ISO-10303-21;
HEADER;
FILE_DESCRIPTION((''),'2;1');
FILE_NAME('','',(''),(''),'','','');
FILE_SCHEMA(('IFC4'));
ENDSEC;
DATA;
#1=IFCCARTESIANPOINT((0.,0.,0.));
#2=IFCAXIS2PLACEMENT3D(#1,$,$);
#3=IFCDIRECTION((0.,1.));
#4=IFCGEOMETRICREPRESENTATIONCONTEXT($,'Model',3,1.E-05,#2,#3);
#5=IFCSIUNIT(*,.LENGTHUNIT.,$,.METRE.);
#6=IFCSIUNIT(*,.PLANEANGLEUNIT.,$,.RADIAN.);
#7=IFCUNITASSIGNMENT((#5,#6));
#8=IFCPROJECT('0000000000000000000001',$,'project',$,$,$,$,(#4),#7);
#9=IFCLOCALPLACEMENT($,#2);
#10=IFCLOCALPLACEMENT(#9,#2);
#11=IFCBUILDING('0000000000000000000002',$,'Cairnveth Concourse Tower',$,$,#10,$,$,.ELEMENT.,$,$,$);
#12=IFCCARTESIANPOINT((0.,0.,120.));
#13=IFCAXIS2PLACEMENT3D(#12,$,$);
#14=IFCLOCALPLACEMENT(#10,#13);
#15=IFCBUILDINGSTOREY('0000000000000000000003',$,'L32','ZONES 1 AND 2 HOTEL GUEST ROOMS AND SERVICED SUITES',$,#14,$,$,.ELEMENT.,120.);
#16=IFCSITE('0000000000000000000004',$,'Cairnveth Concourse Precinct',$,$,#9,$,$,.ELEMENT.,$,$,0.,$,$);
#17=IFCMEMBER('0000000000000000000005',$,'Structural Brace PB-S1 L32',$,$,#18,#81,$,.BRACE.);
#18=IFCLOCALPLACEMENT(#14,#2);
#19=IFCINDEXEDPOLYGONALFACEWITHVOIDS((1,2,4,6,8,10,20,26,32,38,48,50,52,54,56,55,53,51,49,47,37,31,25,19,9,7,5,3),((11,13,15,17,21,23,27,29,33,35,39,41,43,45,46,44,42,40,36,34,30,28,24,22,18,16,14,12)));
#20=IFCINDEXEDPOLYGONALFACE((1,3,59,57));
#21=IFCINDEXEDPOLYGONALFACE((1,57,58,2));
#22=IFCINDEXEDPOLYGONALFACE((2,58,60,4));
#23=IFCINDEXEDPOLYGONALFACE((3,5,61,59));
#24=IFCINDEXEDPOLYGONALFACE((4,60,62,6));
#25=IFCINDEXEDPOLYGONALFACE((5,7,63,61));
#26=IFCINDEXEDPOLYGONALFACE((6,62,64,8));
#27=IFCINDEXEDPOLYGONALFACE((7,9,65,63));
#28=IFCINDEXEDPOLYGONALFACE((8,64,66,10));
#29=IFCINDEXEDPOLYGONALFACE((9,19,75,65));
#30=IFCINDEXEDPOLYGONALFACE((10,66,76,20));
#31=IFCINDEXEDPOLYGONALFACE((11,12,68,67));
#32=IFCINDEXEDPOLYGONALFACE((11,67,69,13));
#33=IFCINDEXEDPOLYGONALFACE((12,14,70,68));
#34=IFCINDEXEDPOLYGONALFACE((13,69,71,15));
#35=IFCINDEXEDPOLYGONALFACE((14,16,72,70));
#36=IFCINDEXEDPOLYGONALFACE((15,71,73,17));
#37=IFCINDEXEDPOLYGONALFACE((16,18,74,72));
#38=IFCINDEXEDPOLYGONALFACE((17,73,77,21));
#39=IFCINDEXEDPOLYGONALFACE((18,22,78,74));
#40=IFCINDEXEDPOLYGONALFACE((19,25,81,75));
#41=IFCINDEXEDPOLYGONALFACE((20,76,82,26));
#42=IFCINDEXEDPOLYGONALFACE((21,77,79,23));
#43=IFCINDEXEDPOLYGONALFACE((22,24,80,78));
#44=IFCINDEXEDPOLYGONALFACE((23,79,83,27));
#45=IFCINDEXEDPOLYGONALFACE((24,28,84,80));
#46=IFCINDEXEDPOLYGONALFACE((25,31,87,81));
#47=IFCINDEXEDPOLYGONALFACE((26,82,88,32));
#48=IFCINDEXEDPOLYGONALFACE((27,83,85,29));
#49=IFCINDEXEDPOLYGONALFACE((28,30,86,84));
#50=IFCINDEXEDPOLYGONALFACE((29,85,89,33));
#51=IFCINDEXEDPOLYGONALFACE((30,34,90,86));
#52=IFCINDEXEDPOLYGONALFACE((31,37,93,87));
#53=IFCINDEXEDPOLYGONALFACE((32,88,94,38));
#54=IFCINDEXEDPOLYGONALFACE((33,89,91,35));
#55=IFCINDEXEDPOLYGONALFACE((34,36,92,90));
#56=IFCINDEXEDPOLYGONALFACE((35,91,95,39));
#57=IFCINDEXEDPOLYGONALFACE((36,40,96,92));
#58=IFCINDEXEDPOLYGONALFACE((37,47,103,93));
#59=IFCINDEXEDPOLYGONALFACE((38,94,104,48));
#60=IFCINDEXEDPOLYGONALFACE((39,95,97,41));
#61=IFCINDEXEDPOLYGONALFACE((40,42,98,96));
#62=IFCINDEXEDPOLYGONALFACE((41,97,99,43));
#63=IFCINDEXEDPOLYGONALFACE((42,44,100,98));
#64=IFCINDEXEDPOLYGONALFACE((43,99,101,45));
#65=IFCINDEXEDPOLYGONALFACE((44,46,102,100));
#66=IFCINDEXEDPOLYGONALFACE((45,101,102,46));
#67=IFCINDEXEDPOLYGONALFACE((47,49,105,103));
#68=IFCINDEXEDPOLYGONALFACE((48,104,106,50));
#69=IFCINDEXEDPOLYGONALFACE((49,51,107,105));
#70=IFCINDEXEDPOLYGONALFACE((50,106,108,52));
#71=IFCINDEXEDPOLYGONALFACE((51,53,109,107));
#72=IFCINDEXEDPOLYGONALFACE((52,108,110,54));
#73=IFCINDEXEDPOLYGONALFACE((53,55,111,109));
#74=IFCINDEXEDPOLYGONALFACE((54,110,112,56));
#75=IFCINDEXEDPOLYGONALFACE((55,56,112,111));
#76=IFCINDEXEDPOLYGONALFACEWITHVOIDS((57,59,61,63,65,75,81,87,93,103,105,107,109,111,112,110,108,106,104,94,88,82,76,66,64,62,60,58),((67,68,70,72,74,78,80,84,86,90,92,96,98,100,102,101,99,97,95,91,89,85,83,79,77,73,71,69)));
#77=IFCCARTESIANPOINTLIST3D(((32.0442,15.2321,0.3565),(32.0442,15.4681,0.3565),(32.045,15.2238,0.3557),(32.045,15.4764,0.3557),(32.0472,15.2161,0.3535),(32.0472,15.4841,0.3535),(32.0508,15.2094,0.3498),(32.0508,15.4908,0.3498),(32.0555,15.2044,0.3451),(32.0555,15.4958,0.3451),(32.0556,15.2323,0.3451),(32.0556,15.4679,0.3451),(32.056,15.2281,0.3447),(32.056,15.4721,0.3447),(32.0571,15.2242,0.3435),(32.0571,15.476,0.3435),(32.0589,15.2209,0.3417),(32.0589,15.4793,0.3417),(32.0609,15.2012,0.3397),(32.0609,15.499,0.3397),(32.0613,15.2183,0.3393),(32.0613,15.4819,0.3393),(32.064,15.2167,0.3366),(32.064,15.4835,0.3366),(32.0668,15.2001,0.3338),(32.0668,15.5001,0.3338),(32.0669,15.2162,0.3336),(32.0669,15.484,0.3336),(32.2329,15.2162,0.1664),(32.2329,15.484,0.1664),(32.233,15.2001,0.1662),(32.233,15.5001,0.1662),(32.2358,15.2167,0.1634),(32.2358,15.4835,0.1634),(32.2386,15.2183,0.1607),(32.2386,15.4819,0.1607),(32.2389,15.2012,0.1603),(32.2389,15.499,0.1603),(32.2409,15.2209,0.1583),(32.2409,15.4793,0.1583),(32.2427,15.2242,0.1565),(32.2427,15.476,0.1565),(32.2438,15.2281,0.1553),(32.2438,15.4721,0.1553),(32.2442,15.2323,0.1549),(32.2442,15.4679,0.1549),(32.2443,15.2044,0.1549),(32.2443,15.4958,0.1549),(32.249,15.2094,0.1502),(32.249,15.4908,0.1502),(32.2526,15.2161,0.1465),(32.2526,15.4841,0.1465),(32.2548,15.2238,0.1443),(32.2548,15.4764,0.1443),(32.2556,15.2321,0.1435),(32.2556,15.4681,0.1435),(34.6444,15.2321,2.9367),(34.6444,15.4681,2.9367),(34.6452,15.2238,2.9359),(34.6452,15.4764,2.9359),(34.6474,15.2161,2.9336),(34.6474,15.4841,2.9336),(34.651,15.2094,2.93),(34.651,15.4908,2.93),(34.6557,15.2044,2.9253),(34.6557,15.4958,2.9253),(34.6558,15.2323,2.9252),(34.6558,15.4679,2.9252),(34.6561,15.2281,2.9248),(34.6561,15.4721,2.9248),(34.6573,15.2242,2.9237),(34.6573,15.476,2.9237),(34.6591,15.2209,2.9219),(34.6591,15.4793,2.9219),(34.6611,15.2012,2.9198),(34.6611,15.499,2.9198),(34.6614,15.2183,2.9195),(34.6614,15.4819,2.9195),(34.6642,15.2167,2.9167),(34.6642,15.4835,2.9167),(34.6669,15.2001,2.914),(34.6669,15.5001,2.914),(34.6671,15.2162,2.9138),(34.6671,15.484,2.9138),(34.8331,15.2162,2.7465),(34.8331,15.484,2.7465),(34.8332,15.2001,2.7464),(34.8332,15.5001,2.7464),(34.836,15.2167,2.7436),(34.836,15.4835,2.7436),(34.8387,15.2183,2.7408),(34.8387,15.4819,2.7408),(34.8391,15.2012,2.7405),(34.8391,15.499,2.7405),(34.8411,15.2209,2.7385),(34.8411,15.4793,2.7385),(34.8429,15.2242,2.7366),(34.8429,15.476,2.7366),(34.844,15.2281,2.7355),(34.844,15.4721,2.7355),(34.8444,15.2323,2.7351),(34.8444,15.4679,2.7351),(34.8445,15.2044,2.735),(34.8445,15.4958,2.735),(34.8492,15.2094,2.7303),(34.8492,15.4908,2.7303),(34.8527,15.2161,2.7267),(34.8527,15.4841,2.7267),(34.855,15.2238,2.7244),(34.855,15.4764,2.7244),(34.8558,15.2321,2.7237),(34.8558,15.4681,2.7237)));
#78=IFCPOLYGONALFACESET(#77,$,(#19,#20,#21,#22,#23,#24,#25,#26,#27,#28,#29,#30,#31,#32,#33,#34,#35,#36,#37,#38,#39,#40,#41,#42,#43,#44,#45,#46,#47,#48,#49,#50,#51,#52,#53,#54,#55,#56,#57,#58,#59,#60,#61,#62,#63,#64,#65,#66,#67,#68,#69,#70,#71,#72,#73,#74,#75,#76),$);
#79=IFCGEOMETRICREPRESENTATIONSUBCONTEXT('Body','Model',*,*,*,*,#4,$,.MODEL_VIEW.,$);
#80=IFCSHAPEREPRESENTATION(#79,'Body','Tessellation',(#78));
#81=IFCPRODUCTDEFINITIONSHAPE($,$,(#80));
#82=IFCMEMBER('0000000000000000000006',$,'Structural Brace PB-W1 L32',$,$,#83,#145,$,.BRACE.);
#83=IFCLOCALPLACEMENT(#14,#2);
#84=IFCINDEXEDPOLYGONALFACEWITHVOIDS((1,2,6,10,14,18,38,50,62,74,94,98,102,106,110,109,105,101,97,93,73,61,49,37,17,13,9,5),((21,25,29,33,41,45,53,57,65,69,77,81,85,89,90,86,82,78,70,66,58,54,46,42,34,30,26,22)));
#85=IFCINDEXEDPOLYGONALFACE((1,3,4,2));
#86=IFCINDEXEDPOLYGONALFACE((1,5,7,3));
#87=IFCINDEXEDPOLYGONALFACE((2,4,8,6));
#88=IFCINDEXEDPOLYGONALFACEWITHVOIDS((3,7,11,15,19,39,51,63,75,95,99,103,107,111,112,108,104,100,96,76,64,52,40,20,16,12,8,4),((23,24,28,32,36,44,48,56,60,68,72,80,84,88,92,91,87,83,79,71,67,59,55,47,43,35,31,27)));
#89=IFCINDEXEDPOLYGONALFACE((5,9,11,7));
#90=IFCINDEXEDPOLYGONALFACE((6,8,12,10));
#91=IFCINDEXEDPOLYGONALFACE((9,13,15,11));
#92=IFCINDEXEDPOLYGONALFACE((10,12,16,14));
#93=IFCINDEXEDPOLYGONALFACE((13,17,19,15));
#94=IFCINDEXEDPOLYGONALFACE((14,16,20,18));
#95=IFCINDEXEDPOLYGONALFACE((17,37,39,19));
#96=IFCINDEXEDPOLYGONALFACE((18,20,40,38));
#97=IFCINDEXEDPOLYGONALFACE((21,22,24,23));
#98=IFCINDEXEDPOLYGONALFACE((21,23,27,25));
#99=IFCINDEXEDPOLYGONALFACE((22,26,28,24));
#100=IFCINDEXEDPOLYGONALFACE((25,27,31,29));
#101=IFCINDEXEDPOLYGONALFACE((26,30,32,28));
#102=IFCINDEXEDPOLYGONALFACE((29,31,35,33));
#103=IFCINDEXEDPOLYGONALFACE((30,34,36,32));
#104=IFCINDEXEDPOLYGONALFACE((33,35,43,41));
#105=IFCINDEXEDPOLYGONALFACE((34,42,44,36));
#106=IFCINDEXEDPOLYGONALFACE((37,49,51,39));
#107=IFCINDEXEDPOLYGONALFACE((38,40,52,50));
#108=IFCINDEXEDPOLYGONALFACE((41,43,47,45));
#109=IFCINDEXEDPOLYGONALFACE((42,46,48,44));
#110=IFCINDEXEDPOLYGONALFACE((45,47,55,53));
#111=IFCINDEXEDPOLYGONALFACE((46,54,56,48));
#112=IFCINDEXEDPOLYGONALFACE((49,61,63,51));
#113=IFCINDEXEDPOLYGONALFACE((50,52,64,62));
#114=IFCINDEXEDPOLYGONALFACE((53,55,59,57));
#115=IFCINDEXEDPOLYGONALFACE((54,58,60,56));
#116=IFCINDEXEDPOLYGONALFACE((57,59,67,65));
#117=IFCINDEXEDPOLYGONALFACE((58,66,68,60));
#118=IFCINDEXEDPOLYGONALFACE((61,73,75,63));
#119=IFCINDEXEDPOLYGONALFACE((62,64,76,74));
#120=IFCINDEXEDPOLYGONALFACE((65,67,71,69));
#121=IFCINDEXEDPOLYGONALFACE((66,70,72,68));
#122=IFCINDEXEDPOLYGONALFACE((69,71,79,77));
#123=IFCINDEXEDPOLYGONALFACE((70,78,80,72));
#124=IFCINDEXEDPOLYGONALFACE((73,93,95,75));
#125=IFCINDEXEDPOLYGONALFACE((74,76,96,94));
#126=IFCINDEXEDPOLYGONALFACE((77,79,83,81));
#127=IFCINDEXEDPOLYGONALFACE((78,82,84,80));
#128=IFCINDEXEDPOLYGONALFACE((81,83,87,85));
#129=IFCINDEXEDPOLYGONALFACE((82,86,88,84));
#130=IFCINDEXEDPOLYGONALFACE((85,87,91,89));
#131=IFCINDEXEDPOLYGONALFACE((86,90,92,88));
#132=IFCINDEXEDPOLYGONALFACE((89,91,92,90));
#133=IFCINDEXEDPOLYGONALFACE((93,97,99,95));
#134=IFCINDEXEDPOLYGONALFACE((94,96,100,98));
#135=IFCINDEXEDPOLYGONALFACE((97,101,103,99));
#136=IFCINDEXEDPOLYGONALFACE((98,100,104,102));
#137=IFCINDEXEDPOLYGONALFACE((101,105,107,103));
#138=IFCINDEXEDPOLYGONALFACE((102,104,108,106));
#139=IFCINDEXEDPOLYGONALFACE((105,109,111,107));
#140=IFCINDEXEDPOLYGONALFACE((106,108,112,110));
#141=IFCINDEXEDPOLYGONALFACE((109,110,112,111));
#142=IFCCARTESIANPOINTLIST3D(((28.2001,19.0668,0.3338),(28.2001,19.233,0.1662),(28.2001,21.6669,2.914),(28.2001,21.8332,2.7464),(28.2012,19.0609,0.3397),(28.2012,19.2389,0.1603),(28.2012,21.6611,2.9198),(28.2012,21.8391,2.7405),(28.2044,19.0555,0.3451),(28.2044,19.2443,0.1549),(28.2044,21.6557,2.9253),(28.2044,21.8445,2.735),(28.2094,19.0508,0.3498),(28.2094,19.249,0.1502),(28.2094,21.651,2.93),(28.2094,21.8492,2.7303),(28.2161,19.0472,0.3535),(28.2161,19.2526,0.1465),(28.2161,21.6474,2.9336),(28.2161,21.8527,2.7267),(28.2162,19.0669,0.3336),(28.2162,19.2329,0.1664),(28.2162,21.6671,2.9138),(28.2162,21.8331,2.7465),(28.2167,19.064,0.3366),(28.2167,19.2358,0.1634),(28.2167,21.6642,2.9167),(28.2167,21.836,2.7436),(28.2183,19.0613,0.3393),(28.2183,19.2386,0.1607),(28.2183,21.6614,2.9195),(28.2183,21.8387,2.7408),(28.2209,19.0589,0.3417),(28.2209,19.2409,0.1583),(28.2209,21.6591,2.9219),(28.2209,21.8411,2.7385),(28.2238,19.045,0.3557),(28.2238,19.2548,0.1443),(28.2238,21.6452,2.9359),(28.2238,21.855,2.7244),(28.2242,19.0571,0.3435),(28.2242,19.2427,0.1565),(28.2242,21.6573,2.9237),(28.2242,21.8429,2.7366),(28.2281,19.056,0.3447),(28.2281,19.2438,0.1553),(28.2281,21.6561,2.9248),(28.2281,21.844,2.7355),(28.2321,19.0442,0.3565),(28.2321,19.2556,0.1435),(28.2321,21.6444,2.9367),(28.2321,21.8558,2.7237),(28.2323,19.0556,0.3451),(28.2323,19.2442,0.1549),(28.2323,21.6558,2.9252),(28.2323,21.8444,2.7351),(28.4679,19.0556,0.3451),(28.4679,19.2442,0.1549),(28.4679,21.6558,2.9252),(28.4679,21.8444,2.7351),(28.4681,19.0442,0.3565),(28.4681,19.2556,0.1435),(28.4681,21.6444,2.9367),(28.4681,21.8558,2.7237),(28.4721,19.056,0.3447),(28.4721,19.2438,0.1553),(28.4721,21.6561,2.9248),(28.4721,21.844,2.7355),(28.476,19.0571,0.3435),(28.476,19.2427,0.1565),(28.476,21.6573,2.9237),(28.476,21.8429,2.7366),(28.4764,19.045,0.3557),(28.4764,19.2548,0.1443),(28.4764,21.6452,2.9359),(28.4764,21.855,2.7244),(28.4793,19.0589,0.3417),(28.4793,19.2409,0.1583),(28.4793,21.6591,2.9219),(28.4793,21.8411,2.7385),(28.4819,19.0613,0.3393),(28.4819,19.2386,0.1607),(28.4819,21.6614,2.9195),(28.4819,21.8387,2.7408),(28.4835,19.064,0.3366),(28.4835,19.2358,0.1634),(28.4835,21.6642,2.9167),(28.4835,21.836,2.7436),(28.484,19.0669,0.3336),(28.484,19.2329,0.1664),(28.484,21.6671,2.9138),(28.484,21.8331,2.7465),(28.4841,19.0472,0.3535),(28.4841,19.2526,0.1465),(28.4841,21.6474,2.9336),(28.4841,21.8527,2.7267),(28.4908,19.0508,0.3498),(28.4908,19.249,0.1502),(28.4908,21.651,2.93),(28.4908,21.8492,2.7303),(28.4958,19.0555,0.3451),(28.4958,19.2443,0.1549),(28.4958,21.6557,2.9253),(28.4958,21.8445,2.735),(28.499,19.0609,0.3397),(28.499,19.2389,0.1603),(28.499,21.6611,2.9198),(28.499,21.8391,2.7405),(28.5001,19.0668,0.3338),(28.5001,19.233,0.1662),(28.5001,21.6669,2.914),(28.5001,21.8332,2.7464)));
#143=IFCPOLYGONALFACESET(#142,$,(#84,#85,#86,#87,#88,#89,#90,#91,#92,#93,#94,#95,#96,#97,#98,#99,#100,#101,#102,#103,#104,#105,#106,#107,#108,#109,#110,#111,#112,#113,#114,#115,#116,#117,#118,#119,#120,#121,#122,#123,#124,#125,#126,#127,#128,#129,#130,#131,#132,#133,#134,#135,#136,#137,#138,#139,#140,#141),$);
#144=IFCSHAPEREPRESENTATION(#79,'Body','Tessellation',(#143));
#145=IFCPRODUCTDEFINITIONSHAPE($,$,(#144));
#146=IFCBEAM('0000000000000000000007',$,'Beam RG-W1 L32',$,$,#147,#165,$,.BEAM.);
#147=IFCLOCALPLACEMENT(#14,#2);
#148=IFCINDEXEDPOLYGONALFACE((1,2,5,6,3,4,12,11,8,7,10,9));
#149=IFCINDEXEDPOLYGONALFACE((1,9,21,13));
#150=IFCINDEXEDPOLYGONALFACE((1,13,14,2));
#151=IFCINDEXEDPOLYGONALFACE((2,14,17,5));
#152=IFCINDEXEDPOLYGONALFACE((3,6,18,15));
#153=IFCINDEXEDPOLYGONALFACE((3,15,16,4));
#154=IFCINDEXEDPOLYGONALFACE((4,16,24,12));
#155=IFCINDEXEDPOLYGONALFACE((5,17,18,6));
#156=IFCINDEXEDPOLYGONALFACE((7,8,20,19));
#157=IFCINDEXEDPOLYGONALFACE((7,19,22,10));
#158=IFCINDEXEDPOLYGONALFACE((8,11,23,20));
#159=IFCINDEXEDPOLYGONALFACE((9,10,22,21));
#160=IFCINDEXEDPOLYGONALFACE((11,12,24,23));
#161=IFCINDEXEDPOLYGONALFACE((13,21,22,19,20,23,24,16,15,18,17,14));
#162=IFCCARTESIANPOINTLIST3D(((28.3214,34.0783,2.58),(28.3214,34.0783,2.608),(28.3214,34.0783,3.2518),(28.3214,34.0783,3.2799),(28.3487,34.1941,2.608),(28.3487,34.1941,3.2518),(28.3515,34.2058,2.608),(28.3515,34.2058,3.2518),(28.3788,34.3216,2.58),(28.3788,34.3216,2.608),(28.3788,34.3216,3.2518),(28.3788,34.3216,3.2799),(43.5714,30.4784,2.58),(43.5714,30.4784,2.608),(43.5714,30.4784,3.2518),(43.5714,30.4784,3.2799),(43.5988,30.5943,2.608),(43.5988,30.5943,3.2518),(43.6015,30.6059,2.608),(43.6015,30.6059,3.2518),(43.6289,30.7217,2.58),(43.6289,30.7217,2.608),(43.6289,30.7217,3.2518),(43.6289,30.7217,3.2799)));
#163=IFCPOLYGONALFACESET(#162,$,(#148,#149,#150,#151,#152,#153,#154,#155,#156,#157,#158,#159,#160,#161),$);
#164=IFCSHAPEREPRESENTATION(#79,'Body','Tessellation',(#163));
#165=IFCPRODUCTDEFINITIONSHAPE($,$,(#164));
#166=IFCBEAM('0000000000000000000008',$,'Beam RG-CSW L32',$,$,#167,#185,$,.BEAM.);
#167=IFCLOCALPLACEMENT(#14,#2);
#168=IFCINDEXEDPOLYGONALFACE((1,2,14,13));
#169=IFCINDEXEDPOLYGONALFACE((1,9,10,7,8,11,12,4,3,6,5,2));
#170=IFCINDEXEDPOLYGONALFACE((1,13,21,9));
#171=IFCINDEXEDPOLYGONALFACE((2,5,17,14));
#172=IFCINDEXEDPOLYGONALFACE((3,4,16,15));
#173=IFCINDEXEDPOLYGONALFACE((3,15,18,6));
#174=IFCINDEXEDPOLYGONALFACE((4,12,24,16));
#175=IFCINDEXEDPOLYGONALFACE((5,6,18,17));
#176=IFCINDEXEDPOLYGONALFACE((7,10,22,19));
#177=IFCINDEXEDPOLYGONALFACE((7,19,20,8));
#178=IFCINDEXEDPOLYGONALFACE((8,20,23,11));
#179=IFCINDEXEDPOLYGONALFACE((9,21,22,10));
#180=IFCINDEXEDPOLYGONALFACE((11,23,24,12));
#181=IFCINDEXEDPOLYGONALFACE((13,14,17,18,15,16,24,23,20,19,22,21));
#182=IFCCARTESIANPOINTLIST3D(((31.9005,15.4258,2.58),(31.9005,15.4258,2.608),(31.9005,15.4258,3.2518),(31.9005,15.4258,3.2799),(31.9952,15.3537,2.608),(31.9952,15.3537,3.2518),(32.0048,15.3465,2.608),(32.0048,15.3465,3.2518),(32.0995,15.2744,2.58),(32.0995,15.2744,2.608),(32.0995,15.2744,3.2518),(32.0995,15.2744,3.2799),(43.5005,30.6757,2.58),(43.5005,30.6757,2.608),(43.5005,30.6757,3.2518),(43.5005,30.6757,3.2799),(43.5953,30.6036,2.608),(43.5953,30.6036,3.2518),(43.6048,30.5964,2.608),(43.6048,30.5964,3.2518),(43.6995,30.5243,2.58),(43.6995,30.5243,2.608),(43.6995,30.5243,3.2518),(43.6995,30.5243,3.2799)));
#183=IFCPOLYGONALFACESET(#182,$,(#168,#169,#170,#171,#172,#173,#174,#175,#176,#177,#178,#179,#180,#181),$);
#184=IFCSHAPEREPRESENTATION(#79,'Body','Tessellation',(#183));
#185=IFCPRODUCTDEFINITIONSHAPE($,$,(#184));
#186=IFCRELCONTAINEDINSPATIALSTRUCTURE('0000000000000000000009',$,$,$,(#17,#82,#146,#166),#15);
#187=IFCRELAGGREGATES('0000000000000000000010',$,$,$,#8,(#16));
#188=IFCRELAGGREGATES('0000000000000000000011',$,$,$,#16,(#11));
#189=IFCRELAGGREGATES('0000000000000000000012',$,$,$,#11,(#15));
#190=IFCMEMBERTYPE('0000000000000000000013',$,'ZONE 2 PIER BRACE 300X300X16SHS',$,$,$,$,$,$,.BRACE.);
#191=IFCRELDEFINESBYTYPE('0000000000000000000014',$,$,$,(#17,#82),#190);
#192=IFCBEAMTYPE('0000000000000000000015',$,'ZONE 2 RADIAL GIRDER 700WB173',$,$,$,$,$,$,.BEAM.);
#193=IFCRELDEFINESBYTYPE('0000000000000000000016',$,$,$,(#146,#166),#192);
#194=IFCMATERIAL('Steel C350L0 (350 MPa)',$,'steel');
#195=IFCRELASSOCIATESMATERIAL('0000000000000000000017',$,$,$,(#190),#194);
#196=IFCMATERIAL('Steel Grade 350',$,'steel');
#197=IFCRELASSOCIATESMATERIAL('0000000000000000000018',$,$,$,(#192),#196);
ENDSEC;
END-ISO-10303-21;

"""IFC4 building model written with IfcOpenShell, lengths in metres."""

from ifc_helpers import new_model, si_unit, direction, frame, origin, origin_2d, place, context, subcontext, project, spatial, hollow_rectangle, i_section, extrude, material, material_profile, profile_set, type_object, element, save


model = new_model("IFC4")

# Units and contexts
model_context = context("Model", 3, precision=1e-05, world=origin(), true_north=direction((0.0, 1.0)))
body_context = subcontext(model_context, "Body", "Model", "MODEL_VIEW")
ifc_project = project(units=[si_unit("LENGTHUNIT", "METRE"), si_unit("PLANEANGLEUNIT", "RADIAN")], contexts=[model_context])

# Site, building, storey
site_placement = place(None, origin())
site = spatial("IfcSite", under=ifc_project, at=site_placement, Name="Cairnveth Concourse Precinct", CompositionType="ELEMENT", RefElevation=0.0)
building_placement = place(site_placement, origin())
building = spatial("IfcBuilding", under=site, at=building_placement, Name="Cairnveth Concourse Tower", CompositionType="ELEMENT")
storey_placement = place(building_placement, frame((0.0, 0.0, 120.0)))
storey = spatial("IfcBuildingStorey", under=building, at=storey_placement, Name="L32", Description="ZONES 1 AND 2 HOTEL GUEST ROOMS AND SERVICED SUITES", CompositionType="ELEMENT", Elevation=120.0)

# Shared definitions
ifc_material_1 = material(Name="Steel Grade 350", Category="steel")

# Members
ifc_material_2 = material(Name="Steel C350L0 (350 MPa)", Category="steel")
ifc_material_profile_1 = material_profile(ifc_material_2, hollow_rectangle(XDim=0.3, YDim=0.3, WallThickness=0.0161, InnerFilletRadius=0.0161, OuterFilletRadius=0.032, at=origin_2d()), Name="300x300x16.0SHS")
ifc_profile_set_1 = profile_set([ifc_material_profile_1], Name="Steel C350L0 (350 MPa)")
member_type = type_object("IfcMemberType", Name="ZONE 2 PIER BRACE 300X300X16SHS", PredefinedType="BRACE", material=ifc_profile_set_1)
for number, where, z_axis, x_axis, name in (
    (1, (32.1499, 15.3501, 0.25), (0.709834, 0.0, 0.704369), (0.0, 1.0, 0.0), "Structural Brace PB-S1 L32"),
    (2, (28.3501, 19.1499, 0.25), (0.0, 0.709834, 0.704369), (-1.0, 0.0, 0.0), "Structural Brace PB-W1 L32"),
):
    element("IfcMember", number, at=place(storey_placement, frame(where, z_axis=z_axis, x_axis=x_axis)), inside=storey, type_object=member_type, Name=name, PredefinedType="BRACE", context=body_context, shape_type="SweptSolid", body=[
        extrude(hollow_rectangle(XDim=0.3, YDim=0.3, WallThickness=0.0161, InnerFilletRadius=0.0161, OuterFilletRadius=0.032, at=origin_2d()), origin(), (0.0, 0.0, 1.0), 3.6631),
    ])

# Beams
ifc_material_profile_2 = material_profile(ifc_material_1, i_section(OverallWidth=0.25, OverallDepth=0.7, WebThickness=0.012, FlangeThickness=0.0281, at=origin_2d()), Name="700WB173")
ifc_profile_set_2 = profile_set([ifc_material_profile_2], Name="Steel Grade 350")
beam_type_1 = type_object("IfcBeamType", Name="ZONE 2 RADIAL GIRDER 700WB173", PredefinedType="BEAM", material=ifc_profile_set_2)
beam_1_placement = place(storey_placement, frame((28.3501, 34.2, 2.9299), z_axis=(0.973252, -0.229742, 0.0), x_axis=(0.229742, 0.973252, 0.0)))
element("IfcBeam", 3, at=beam_1_placement, inside=storey, type_object=beam_type_1, Name="Beam RG-W1 L32", PredefinedType="BEAM", context=body_context, shape_type="SweptSolid", body=[
    extrude(i_section(OverallWidth=0.25, OverallDepth=0.7, WebThickness=0.012, FlangeThickness=0.0281, at=origin_2d()), origin(), (0.0, 0.0, 1.0), 15.6692),
])
beam_2_placement = place(storey_placement, frame((32.0, 15.3501, 2.9299), z_axis=(0.605417, 0.795908, 0.0), x_axis=(-0.795908, 0.605417, 0.0)))
element("IfcBeam", 4, at=beam_2_placement, inside=storey, type_object=beam_type_1, Name="Beam RG-CSW L32", PredefinedType="BEAM", context=body_context, shape_type="SweptSolid", body=[
    extrude(i_section(OverallWidth=0.25, OverallDepth=0.7, WebThickness=0.012, FlangeThickness=0.0281, at=origin_2d()), origin(), (0.0, 0.0, 1.0), 19.1604),
])

save(model, "model.ifc")
